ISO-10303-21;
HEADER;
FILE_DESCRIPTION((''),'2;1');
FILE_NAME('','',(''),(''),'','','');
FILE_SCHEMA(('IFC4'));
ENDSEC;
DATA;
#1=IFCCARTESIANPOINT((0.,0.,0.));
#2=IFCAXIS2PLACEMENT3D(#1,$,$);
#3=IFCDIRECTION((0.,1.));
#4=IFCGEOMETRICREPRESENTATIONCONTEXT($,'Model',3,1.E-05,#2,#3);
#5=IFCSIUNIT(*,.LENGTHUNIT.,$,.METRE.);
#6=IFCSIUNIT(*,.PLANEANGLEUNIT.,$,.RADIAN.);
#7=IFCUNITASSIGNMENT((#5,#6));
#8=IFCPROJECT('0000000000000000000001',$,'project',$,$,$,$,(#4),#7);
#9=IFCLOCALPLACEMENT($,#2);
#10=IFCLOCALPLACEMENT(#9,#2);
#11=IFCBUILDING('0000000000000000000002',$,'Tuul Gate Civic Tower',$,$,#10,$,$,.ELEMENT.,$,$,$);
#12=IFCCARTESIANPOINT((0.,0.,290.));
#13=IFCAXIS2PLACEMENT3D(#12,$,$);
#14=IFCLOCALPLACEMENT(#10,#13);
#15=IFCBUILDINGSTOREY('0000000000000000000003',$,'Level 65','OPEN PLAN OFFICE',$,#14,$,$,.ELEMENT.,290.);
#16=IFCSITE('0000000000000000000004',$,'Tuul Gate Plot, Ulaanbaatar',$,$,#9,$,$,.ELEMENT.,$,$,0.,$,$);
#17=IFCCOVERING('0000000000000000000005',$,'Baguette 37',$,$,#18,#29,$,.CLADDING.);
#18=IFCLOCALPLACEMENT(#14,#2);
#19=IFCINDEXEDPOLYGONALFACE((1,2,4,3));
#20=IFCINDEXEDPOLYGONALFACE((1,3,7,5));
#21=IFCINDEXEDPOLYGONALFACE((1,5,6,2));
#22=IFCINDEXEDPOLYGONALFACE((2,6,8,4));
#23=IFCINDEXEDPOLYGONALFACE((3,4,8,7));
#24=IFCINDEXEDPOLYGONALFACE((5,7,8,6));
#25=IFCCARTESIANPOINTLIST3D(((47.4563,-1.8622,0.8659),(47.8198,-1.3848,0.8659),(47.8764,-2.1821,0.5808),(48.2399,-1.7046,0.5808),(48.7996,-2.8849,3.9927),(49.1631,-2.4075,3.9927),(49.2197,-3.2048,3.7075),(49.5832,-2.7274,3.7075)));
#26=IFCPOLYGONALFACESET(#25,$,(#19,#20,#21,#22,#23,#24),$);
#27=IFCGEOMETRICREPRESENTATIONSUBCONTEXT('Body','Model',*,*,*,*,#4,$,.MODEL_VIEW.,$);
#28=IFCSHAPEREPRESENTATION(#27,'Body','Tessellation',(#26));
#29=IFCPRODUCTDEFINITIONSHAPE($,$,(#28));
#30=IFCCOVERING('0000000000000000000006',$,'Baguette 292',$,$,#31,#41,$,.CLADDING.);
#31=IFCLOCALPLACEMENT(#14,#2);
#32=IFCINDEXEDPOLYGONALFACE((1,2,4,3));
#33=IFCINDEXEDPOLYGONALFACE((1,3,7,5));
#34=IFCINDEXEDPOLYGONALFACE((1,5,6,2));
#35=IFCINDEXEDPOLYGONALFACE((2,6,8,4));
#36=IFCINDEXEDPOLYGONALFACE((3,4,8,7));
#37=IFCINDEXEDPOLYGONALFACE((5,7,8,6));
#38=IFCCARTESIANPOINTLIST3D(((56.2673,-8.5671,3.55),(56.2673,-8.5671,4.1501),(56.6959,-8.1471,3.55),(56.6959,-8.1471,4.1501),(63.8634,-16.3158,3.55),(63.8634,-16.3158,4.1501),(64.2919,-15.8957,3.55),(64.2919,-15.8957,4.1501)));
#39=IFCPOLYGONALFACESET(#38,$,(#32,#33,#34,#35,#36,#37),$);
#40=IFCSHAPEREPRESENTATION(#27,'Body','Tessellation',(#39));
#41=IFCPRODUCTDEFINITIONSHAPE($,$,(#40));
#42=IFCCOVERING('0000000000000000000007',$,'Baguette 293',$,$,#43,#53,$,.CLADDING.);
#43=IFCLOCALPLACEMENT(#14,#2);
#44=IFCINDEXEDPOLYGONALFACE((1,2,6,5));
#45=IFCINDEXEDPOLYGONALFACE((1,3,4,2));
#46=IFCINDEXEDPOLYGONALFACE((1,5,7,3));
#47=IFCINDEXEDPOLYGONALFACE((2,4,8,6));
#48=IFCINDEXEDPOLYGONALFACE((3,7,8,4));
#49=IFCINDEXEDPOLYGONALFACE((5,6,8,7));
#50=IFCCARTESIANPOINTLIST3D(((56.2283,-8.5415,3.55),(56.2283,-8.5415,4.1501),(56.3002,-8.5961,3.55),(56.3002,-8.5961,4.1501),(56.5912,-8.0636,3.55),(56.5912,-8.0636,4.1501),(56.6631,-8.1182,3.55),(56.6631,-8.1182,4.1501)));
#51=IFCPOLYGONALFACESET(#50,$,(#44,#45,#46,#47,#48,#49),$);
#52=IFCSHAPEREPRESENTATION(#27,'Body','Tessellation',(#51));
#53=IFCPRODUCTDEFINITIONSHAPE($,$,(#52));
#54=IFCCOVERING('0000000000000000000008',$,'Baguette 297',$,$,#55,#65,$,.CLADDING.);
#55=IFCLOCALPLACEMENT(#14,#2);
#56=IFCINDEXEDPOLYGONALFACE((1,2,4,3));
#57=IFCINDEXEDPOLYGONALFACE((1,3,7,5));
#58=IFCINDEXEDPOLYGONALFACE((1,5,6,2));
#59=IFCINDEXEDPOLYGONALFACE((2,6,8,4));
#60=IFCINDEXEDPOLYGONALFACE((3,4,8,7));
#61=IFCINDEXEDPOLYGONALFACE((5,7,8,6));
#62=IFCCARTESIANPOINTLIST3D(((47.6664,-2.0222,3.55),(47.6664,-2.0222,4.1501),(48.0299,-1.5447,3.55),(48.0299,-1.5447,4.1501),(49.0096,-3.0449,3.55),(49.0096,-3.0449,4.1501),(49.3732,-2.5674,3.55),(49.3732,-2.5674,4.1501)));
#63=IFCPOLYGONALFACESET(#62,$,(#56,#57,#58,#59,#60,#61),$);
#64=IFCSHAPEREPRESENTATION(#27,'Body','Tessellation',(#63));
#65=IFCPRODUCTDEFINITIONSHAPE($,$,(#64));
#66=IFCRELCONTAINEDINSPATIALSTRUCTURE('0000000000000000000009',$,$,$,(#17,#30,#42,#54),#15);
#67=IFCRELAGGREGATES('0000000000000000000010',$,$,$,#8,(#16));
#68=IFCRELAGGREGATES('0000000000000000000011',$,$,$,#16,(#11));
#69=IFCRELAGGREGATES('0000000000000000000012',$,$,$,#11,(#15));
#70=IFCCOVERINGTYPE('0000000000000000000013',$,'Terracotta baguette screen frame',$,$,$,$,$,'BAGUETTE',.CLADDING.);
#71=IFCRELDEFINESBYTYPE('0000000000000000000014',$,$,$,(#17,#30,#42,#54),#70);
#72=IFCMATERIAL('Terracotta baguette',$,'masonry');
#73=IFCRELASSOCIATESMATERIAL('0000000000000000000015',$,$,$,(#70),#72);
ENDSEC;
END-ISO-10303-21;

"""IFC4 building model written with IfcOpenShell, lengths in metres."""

from ifc_helpers import new_model, si_unit, direction, frame, origin, origin_2d, place, context, subcontext, project, spatial, rectangle, extrude, material, material_profile, profile_set, type_object, element, save


model = new_model("IFC4")

# Units and contexts
model_context = context("Model", 3, precision=1e-05, world=origin(), true_north=direction((0.0, 1.0)))
body_context = subcontext(model_context, "Body", "Model", "MODEL_VIEW")
ifc_project = project(units=[si_unit("LENGTHUNIT", "METRE"), si_unit("PLANEANGLEUNIT", "RADIAN")], contexts=[model_context])

# Site, building, storey
site_placement = place(None, origin())
site = spatial("IfcSite", under=ifc_project, at=site_placement, Name="Tuul Gate Plot, Ulaanbaatar", CompositionType="ELEMENT", RefElevation=0.0)
building_placement = place(site_placement, origin())
building = spatial("IfcBuilding", under=site, at=building_placement, Name="Tuul Gate Civic Tower", CompositionType="ELEMENT")
storey_placement = place(building_placement, frame((0.0, 0.0, 290.0)))
storey = spatial("IfcBuildingStorey", under=building, at=storey_placement, Name="Level 65", Description="OPEN PLAN OFFICE", CompositionType="ELEMENT", Elevation=290.0)

# Coverings
ifc_material_1 = material(Name="Terracotta baguette", Category="masonry")
ifc_material_profile_1 = material_profile(ifc_material_1, rectangle(XDim=0.6001, YDim=0.6001, at=origin_2d()), Name="Terracotta baguette screen frame")
ifc_profile_set_1 = profile_set([ifc_material_profile_1], Name="Terracotta baguette")
covering_type = type_object("IfcCoveringType", Name="Terracotta baguette screen frame", ElementType="BAGUETTE", PredefinedType="CLADDING", material=ifc_profile_set_1)
covering_1_placement = place(storey_placement, frame((49.1914, -2.8062, 3.8501), z_axis=(-0.378023, 0.287811, -0.879923), x_axis=(-0.605769, -0.795641, 0.0)))
element("IfcCovering", 1, at=covering_1_placement, inside=storey, type_object=covering_type, Name="Baguette 37", PredefinedType="CLADDING", context=body_context, shape_type="SweptSolid", body=[
    extrude(rectangle(XDim=0.6001, YDim=0.6001, at=origin_2d()), origin(), (0.0, 0.0, 1.0), 3.5535),
])
covering_2_placement = place(storey_placement, frame((64.0776, -16.1057, 3.8501), z_axis=(-0.700041, 0.714103, 0.0), x_axis=(-0.714103, -0.700041, 0.0)))
element("IfcCovering", 2, at=covering_2_placement, inside=storey, type_object=covering_type, Name="Baguette 292", PredefinedType="CLADDING", context=body_context, shape_type="SweptSolid", body=[
    extrude(rectangle(XDim=0.6001, YDim=0.6001, at=origin_2d()), origin(), (0.0, 0.0, 1.0), 10.8508),
])
covering_3_placement = place(storey_placement, frame((56.4817, -8.3572, 3.8501), z_axis=(-0.796422, 0.604741, 0.0), x_axis=(-0.604741, -0.796422, 0.0)))
element("IfcCovering", 3, at=covering_3_placement, inside=storey, type_object=covering_type, Name="Baguette 293", PredefinedType="CLADDING", context=body_context, shape_type="SweptSolid", body=[
    extrude(rectangle(XDim=0.6001, YDim=0.6001, at=origin_2d()), origin(), (0.0, 0.0, 1.0), 0.0903),
])
covering_4_placement = place(storey_placement, frame((49.1914, -2.8062, 3.8501), z_axis=(-0.795641, 0.605769, 0.0), x_axis=(-0.605769, -0.795641, 0.0)))
element("IfcCovering", 4, at=covering_4_placement, inside=storey, type_object=covering_type, Name="Baguette 297", PredefinedType="CLADDING", context=body_context, shape_type="SweptSolid", body=[
    extrude(rectangle(XDim=0.6001, YDim=0.6001, at=origin_2d()), origin(), (0.0, 0.0, 1.0), 1.6882),
])

save(model, "model.ifc")
